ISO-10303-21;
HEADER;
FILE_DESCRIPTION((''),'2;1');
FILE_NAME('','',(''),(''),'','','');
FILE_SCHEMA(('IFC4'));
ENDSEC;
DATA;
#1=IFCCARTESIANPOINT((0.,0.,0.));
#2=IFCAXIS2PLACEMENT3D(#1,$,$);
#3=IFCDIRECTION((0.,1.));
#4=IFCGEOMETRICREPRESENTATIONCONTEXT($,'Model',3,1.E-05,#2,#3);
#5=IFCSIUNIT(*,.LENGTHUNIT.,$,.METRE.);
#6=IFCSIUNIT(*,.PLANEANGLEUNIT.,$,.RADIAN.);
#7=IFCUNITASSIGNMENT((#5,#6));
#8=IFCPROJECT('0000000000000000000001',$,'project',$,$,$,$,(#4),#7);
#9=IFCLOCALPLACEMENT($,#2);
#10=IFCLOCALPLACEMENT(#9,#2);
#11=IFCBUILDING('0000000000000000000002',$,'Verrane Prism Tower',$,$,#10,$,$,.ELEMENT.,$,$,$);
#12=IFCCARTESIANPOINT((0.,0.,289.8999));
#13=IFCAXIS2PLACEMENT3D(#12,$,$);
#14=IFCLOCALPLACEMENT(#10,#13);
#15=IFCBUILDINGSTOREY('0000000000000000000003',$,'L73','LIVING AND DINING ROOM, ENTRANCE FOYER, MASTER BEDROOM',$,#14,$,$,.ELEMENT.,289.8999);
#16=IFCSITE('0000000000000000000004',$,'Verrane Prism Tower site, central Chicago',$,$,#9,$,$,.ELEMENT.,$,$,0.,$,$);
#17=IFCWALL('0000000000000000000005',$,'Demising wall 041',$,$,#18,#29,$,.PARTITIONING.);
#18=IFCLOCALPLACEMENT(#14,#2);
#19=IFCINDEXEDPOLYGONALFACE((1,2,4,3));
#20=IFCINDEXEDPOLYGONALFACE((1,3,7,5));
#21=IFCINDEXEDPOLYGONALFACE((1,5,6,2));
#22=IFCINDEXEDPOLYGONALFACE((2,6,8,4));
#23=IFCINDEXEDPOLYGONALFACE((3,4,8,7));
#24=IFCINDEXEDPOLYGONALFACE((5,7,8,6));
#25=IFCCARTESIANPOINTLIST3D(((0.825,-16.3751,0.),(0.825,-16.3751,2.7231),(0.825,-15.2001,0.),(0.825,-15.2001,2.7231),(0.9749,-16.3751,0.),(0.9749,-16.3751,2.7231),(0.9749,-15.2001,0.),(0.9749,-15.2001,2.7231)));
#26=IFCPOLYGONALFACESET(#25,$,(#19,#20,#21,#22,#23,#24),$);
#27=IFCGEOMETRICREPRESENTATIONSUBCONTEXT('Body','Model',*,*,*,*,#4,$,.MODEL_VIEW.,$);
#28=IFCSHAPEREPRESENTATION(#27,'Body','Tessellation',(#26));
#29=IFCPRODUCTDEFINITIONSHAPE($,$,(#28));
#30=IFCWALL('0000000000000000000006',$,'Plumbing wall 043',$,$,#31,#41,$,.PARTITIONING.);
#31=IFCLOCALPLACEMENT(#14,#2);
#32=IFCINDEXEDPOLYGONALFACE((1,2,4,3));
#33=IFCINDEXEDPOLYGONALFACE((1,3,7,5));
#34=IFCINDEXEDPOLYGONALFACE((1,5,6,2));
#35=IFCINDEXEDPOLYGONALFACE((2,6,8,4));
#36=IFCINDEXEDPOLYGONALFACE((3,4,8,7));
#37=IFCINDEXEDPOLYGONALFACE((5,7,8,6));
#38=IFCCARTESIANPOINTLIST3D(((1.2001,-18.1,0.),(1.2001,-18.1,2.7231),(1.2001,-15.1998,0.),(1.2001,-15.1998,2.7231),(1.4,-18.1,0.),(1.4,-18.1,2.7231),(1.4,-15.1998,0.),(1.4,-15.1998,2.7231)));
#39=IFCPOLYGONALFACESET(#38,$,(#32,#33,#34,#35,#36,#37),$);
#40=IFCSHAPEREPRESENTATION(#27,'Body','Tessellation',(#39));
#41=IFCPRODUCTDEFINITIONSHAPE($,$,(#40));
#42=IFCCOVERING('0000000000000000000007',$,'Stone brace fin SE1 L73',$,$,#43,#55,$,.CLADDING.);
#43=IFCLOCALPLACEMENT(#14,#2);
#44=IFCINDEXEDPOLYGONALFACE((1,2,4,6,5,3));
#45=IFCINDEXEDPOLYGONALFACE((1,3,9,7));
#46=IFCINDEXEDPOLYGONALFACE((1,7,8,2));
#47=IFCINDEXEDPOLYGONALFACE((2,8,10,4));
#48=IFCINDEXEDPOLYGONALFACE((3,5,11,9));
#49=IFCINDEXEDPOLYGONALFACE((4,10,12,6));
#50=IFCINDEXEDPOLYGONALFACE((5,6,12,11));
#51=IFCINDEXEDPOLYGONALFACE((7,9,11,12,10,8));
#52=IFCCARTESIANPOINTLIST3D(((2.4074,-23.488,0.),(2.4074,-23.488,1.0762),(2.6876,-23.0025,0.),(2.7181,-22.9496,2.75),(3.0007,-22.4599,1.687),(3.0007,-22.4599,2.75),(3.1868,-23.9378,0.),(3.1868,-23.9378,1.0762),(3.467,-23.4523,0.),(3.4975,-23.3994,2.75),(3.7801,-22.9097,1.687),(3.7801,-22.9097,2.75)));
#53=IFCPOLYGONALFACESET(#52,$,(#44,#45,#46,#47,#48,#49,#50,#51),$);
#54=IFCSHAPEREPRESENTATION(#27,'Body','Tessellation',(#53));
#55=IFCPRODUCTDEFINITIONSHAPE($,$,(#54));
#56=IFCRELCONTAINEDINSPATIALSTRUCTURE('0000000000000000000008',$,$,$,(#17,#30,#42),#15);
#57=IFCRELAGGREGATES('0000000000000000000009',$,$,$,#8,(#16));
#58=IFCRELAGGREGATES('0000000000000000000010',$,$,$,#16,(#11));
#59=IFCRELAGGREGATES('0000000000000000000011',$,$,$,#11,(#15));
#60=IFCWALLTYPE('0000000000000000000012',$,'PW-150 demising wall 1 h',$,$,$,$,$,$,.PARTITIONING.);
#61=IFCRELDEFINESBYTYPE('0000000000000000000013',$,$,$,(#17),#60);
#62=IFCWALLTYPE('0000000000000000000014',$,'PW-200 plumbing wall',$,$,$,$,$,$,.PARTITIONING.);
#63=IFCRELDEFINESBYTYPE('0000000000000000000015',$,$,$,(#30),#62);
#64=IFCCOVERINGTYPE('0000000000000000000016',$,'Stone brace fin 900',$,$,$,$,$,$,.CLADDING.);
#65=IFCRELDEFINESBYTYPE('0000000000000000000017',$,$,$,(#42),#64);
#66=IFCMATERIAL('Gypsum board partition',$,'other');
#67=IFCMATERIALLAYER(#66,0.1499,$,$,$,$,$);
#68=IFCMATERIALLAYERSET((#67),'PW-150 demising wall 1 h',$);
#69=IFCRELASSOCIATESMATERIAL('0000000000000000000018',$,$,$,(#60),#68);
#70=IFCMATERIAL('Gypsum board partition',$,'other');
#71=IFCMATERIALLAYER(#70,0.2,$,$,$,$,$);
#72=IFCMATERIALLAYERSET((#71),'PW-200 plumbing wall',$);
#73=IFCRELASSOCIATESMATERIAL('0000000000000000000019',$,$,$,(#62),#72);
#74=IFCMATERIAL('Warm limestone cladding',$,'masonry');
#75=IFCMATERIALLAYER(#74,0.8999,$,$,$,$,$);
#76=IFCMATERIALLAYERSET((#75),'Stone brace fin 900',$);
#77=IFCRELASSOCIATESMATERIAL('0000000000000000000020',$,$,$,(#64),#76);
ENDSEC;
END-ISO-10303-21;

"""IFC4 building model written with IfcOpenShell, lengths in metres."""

from ifc_helpers import new_model, si_unit, direction, frame, frame_2d, origin, place, context, subcontext, project, spatial, polyline, rectangle, outline, extrude, material, layer, layer_set, type_object, element, save


model = new_model("IFC4")

# Units and contexts
model_context = context("Model", 3, precision=1e-05, world=origin(), true_north=direction((0.0, 1.0)))
body_context = subcontext(model_context, "Body", "Model", "MODEL_VIEW")
ifc_project = project(units=[si_unit("LENGTHUNIT", "METRE"), si_unit("PLANEANGLEUNIT", "RADIAN")], contexts=[model_context])

# Site, building, storey
site_placement = place(None, origin())
site = spatial("IfcSite", under=ifc_project, at=site_placement, Name="Verrane Prism Tower site, central Chicago", CompositionType="ELEMENT", RefElevation=0.0)
building_placement = place(site_placement, origin())
building = spatial("IfcBuilding", under=site, at=building_placement, Name="Verrane Prism Tower", CompositionType="ELEMENT")
storey_placement = place(building_placement, frame((0.0, 0.0, 289.8999)))
storey = spatial("IfcBuildingStorey", under=building, at=storey_placement, Name="L73", Description="LIVING AND DINING ROOM, ENTRANCE FOYER, MASTER BEDROOM", CompositionType="ELEMENT", Elevation=289.8999)

# Walls
ifc_material_1 = material(Name="Gypsum board partition", Category="other")
ifc_layer_1 = layer(ifc_material_1, 0.1499)
ifc_layer_set_1 = layer_set([ifc_layer_1], Name="PW-150 demising wall 1 h")
wall_type_1 = type_object("IfcWallType", Name="PW-150 demising wall 1 h", PredefinedType="PARTITIONING", material=ifc_layer_set_1)
wall_1_placement = place(storey_placement, frame((0.8999, -16.375, 0.0), z_axis=(0.0, 0.0, 1.0), x_axis=(0.0, 1.0, 0.0)))
element("IfcWall", 1, at=wall_1_placement, inside=storey, type_object=wall_type_1, Name="Demising wall 041", PredefinedType="PARTITIONING", context=body_context, shape_type="SweptSolid", body=[
    extrude(rectangle(XDim=1.175, YDim=0.1499, at=frame_2d((0.5874, 0.0))), origin(), (0.0, 0.0, 1.0), 2.7231),
])
ifc_material_2 = material(Name="Gypsum board partition", Category="other")
ifc_layer_2 = layer(ifc_material_2, 0.2)
ifc_layer_set_2 = layer_set([ifc_layer_2], Name="PW-200 plumbing wall")
wall_type_2 = type_object("IfcWallType", Name="PW-200 plumbing wall", PredefinedType="PARTITIONING", material=ifc_layer_set_2)
wall_2_placement = place(storey_placement, frame((1.3, -18.1001, 0.0), z_axis=(0.0, 0.0, 1.0), x_axis=(0.0, 1.0, 0.0)))
element("IfcWall", 2, at=wall_2_placement, inside=storey, type_object=wall_type_2, Name="Plumbing wall 043", PredefinedType="PARTITIONING", context=body_context, shape_type="SweptSolid", body=[
    extrude(rectangle(XDim=2.9001, YDim=0.2, at=frame_2d((1.4502, 0.0))), origin(), (0.0, 0.0, 1.0), 2.7231),
])

# Covering
ifc_material_3 = material(Name="Warm limestone cladding", Category="masonry")
ifc_layer_3 = layer(ifc_material_3, 0.8999)
ifc_layer_set_3 = layer_set([ifc_layer_3], Name="Stone brace fin 900")
covering_type = type_object("IfcCoveringType", Name="Stone brace fin 900", PredefinedType="CLADDING", material=ifc_layer_set_3)
covering_placement = place(storey_placement, frame((2.7971, -23.7129, 0.0), z_axis=(0.0, 0.0, 1.0), x_axis=(0.499811, 0.866134, 0.0)))
element("IfcCovering", 3, at=covering_placement, inside=storey, type_object=covering_type, Name="Stone brace fin SE1 L73", PredefinedType="CLADDING", context=body_context, shape_type="SweptSolid", body=[
    extrude(outline(polyline([(1.187, 2.75), (0.6216, 2.75), (0.0, 1.0762), (0.0, 0.0), (0.5605, 0.0), (1.187, 1.687), (1.187, 2.75)])), frame((0.0, 0.45, 0.0), z_axis=(0.0, -1.0, 0.0), x_axis=(1.0, 0.0, 0.0)), (0.0, 0.0, 1.0), 0.8999),
])

save(model, "model.ifc")
